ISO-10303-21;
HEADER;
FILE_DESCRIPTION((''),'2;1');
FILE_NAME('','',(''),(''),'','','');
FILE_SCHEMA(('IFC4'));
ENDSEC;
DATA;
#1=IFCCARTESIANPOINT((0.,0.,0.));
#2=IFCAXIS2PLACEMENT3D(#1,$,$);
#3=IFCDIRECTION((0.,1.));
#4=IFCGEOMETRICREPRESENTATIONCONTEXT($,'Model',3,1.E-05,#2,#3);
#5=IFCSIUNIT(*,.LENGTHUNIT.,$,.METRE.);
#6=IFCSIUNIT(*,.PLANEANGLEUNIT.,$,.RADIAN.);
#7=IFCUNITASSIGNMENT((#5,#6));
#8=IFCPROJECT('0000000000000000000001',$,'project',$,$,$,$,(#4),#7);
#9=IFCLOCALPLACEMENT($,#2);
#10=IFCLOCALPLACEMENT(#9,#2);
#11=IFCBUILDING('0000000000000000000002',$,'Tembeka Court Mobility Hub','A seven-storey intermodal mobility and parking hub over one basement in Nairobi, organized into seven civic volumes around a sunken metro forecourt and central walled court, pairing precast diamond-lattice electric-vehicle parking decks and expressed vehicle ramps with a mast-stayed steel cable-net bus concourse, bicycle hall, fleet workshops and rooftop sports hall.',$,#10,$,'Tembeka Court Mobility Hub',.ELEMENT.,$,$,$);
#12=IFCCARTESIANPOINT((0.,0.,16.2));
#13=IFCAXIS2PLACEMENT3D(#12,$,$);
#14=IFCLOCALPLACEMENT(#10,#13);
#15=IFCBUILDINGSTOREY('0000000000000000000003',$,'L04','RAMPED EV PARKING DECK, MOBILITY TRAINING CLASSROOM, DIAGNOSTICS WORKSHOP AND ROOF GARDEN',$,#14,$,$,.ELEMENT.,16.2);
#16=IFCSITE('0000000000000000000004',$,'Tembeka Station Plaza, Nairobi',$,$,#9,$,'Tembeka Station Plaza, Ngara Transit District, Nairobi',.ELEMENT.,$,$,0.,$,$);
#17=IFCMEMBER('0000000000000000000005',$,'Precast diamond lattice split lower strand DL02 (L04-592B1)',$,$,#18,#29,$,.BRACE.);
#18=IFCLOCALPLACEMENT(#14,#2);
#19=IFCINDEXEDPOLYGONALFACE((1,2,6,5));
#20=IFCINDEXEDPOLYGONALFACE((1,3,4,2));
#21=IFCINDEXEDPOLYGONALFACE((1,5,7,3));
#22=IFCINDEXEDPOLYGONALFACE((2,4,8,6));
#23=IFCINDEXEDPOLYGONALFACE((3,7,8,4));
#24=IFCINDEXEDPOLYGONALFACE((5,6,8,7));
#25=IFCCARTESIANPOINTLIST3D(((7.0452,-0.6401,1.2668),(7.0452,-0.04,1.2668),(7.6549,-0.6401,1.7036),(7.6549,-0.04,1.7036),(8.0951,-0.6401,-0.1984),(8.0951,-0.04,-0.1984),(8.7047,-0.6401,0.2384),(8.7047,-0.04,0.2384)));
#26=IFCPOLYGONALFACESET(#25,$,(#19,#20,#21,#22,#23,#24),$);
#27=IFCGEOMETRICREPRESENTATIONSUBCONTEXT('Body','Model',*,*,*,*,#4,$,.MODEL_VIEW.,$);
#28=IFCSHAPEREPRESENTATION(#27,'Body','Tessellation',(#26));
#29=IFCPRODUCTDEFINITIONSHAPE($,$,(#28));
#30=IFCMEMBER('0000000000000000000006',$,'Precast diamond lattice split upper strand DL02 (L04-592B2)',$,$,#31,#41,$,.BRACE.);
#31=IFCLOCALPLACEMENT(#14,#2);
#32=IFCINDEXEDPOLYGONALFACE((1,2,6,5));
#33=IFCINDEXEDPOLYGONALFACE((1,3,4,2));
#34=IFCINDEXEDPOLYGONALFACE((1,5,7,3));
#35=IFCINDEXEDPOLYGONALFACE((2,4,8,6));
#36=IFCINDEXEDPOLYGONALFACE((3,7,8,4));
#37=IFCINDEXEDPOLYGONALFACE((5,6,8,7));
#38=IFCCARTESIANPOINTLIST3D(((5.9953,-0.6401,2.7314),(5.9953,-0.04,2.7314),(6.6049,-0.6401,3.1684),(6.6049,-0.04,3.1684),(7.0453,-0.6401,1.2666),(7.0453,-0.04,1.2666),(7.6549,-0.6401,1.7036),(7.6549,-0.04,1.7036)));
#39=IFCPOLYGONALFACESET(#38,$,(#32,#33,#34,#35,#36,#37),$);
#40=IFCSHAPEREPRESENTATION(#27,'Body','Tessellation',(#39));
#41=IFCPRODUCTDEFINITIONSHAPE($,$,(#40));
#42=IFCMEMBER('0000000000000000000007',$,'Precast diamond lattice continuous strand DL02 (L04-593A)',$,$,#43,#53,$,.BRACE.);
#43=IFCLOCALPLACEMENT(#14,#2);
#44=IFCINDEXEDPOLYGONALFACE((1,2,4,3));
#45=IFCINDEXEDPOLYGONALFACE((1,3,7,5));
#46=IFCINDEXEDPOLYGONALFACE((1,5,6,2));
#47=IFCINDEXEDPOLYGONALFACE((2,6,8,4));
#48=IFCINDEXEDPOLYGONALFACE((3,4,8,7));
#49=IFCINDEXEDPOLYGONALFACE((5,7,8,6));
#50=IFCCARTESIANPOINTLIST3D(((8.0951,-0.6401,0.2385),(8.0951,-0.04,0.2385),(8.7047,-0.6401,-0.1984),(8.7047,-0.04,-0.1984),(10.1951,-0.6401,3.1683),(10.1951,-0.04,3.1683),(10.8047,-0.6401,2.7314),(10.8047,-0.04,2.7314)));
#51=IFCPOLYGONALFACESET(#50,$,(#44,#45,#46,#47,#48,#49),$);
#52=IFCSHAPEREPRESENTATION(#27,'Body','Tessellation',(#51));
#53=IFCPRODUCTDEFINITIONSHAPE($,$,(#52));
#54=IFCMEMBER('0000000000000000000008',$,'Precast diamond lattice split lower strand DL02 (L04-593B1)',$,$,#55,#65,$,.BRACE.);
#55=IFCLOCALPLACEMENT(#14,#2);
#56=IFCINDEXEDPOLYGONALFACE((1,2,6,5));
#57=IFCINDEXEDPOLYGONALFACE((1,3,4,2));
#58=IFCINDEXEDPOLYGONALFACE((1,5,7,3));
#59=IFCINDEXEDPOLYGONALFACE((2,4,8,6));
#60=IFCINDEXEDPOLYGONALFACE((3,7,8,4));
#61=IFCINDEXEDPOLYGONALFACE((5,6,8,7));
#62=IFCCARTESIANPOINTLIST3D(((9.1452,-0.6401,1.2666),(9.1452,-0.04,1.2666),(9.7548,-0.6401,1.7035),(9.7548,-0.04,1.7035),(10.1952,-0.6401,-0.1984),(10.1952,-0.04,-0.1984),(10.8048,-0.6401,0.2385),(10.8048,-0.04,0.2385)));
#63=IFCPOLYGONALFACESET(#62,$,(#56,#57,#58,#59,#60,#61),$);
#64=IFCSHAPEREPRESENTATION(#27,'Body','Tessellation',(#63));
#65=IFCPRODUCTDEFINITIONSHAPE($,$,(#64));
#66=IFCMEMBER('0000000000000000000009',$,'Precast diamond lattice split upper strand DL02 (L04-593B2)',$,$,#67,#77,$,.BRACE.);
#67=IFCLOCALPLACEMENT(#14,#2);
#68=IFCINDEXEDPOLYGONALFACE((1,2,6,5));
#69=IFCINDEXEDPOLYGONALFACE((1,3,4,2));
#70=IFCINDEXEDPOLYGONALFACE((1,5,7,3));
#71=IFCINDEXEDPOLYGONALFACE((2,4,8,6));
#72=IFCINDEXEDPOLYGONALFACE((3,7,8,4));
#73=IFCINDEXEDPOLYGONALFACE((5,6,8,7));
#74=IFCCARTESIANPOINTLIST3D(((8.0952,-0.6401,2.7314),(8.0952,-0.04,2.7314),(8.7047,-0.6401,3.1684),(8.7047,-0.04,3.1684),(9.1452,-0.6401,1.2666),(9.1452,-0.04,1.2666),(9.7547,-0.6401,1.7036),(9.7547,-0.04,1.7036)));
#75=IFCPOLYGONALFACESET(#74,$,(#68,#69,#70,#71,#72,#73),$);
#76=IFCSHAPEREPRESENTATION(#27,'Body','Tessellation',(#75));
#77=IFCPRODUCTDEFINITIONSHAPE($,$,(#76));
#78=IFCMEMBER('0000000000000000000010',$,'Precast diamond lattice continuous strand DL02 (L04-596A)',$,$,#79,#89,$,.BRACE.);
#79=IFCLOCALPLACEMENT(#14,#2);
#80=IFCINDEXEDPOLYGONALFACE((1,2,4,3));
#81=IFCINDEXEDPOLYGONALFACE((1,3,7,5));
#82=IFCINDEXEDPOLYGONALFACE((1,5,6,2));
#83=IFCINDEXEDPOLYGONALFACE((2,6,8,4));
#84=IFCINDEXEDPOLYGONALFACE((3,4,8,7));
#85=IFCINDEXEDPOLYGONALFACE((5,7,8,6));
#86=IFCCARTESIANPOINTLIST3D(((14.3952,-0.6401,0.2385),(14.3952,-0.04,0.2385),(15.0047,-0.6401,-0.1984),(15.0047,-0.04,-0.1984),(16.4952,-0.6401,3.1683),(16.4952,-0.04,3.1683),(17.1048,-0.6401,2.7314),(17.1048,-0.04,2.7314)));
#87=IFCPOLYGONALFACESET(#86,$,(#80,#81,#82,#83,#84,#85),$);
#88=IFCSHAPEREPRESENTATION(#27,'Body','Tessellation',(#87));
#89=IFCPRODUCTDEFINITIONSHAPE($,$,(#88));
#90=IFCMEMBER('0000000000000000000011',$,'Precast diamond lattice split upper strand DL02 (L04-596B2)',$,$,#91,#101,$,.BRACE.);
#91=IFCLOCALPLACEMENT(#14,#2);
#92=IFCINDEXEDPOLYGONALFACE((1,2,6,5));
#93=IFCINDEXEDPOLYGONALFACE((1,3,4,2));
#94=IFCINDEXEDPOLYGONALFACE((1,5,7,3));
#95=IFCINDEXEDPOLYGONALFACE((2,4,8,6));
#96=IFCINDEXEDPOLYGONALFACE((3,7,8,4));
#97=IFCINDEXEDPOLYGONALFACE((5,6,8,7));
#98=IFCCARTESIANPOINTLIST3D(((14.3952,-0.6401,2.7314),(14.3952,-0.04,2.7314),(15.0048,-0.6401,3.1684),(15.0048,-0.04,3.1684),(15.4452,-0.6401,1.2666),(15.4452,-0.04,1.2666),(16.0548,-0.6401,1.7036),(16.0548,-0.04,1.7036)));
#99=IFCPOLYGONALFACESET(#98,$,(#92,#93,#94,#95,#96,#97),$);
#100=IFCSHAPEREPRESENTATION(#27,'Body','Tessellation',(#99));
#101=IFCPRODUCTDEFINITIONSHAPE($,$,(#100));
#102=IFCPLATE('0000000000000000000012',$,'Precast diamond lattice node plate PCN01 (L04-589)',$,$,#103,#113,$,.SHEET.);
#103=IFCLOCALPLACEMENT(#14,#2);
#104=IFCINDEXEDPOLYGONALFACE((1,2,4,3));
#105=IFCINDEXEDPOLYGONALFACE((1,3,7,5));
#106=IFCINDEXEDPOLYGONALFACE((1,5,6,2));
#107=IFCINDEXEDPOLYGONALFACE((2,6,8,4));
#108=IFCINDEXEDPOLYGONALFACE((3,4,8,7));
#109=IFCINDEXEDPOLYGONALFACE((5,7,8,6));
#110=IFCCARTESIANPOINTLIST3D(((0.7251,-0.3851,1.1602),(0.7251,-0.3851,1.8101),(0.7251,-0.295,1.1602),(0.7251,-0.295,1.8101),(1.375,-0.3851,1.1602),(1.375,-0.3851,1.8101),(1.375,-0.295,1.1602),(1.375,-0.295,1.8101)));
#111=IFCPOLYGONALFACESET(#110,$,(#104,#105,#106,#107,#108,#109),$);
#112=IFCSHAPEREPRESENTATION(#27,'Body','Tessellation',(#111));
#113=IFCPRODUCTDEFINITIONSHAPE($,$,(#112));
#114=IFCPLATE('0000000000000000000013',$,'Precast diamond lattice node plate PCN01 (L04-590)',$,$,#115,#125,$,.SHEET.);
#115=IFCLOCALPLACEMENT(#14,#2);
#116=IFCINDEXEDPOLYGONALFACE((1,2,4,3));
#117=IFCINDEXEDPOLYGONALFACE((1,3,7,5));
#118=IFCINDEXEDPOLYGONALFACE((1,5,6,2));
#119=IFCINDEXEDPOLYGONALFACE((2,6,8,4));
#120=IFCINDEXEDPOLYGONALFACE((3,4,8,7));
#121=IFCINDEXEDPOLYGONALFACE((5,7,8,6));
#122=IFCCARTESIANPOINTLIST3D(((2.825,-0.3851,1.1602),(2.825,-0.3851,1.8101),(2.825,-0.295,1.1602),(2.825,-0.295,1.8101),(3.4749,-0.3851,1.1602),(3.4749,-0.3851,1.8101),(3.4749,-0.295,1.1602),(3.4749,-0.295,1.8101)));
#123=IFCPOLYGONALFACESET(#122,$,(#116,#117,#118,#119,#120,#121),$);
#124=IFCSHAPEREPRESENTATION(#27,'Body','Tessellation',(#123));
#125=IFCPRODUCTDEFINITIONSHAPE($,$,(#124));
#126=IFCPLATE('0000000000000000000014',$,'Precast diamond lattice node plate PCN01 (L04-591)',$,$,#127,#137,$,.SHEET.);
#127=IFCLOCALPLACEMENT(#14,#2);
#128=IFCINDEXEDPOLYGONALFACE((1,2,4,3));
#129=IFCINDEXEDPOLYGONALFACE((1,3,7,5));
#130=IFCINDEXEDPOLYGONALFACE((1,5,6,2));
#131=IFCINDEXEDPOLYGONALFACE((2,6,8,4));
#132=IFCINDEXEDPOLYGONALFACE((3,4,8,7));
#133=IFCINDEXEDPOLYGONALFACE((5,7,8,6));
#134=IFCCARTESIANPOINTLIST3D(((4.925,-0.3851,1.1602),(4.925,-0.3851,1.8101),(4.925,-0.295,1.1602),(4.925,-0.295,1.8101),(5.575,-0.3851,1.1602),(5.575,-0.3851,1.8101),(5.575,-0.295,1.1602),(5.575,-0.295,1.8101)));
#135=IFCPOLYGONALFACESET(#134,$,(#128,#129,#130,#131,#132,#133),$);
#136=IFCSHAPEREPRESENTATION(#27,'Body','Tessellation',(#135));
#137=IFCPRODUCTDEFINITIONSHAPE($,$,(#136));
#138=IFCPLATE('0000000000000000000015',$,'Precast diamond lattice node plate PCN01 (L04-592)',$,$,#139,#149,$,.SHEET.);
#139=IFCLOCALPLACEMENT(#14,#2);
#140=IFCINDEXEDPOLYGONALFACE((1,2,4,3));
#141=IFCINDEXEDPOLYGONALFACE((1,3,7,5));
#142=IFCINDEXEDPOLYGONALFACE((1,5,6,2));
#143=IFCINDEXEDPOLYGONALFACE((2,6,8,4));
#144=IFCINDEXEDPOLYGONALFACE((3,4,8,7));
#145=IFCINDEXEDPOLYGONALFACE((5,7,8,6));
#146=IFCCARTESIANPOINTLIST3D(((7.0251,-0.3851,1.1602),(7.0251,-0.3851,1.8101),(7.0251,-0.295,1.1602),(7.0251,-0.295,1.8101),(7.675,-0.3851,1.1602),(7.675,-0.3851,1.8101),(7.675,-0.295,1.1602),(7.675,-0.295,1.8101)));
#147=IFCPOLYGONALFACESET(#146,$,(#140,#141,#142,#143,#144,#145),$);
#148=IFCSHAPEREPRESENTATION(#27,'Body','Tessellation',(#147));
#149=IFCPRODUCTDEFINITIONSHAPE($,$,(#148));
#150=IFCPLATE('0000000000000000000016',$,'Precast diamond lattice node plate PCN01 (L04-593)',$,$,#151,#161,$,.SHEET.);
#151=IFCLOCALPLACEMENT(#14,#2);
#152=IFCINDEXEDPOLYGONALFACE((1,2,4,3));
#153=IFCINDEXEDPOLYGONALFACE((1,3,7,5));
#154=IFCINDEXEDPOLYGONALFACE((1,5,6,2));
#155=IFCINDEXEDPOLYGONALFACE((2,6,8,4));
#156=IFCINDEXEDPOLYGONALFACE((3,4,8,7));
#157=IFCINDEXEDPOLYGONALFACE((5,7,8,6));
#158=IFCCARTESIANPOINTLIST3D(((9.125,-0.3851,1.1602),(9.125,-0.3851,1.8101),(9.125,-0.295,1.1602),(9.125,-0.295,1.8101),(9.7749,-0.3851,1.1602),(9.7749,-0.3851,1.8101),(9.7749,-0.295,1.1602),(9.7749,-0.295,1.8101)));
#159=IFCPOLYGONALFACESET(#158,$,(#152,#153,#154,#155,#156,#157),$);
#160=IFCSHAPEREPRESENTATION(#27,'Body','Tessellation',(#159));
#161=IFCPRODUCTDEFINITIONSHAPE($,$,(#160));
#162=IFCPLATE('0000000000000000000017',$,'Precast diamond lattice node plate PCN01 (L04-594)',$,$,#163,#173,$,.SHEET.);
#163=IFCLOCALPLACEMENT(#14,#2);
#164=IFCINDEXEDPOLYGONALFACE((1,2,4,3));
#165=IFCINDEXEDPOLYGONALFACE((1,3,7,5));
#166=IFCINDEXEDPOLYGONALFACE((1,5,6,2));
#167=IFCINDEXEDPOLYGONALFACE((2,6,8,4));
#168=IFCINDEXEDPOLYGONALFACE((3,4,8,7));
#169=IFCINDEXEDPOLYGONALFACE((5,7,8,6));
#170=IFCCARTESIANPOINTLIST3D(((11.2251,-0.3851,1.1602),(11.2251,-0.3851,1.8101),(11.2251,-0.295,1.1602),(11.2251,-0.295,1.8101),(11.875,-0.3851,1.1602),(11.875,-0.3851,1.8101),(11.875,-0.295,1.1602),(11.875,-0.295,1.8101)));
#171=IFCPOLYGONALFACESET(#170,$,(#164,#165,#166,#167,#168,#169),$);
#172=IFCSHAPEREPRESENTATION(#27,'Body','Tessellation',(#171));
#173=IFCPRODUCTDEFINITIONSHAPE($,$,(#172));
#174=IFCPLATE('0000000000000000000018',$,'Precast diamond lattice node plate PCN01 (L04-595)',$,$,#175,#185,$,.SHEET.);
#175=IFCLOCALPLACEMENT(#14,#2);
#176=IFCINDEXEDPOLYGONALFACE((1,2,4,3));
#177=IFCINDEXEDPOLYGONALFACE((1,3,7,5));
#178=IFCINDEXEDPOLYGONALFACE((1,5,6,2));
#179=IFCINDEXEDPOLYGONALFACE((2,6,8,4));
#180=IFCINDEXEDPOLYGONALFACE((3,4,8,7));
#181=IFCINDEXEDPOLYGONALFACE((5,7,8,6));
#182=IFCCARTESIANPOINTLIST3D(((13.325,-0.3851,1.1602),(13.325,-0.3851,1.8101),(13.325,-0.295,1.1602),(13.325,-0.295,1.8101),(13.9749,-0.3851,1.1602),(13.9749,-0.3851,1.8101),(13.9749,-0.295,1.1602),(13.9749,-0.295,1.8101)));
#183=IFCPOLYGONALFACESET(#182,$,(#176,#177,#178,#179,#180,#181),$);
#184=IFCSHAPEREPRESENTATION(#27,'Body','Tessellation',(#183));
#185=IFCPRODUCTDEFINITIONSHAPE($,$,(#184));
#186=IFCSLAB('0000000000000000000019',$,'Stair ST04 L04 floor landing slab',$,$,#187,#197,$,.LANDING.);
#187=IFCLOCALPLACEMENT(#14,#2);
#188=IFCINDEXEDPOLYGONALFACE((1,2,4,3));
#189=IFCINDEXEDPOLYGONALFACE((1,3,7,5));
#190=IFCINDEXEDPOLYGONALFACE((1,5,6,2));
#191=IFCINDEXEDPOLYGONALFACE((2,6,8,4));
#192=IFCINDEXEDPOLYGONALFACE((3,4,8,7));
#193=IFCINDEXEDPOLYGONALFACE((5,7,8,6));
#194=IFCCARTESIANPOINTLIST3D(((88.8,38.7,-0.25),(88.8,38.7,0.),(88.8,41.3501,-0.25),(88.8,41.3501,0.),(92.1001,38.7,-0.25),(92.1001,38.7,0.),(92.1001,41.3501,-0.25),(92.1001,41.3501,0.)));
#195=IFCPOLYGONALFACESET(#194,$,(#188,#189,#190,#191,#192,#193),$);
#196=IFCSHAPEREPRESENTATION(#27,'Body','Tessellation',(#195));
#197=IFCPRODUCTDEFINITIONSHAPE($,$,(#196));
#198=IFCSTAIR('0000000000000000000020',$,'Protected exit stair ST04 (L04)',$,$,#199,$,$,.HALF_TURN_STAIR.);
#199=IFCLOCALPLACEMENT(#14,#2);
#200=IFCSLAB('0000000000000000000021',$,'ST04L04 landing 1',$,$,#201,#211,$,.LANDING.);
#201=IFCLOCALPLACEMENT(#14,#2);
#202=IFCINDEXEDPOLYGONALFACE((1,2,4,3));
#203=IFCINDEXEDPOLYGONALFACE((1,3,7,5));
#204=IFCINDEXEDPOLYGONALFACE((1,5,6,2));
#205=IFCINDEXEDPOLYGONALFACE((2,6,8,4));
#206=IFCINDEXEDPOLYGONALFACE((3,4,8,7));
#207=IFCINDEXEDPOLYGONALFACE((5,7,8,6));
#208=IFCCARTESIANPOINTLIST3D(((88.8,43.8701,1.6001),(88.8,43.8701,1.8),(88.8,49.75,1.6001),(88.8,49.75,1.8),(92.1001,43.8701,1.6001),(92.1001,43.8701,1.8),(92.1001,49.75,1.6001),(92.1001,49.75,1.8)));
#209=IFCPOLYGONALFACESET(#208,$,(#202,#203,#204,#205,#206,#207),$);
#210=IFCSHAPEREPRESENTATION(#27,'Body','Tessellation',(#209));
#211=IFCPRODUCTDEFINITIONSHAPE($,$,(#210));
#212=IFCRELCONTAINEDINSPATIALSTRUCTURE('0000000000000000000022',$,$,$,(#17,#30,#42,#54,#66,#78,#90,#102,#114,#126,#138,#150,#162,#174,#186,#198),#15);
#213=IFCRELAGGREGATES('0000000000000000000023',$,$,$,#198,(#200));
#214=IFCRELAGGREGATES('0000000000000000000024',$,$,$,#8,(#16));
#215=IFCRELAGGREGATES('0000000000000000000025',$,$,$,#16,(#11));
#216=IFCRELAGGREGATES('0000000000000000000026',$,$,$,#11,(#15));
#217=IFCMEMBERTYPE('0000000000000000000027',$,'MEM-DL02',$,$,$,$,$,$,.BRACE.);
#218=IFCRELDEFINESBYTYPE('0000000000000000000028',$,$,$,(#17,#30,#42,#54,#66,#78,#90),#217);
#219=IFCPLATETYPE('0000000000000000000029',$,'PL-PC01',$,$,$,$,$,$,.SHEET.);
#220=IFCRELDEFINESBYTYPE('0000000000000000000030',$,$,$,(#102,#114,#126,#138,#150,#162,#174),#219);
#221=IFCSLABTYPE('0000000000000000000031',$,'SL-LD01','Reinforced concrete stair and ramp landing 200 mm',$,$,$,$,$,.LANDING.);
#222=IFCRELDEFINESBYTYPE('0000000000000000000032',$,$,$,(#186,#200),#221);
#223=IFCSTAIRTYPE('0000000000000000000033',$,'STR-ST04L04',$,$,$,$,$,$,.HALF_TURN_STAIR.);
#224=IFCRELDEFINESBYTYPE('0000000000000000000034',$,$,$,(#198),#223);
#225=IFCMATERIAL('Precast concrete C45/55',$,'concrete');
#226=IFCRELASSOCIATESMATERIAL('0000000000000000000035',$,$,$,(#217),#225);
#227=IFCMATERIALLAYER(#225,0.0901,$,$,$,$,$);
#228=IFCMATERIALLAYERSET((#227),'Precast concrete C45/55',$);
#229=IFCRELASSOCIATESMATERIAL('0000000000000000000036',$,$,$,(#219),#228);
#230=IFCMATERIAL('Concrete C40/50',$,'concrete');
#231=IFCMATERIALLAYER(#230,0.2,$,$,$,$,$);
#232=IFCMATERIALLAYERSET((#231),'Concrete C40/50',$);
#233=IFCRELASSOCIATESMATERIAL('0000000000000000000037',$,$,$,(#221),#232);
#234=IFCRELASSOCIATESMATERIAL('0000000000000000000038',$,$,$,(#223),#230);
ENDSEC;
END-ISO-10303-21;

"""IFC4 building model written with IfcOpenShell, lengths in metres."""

from ifc_helpers import new_model, si_unit, direction, frame, origin, origin_2d, place, context, subcontext, project, spatial, polyline, rectangle, outline, extrude, material, layer, layer_set, material_profile, profile_set, type_object, element, aggregate, save


model = new_model("IFC4")

# Units and contexts
model_context = context("Model", 3, precision=1e-05, world=origin(), true_north=direction((0.0, 1.0)))
body_context = subcontext(model_context, "Body", "Model", "MODEL_VIEW")
ifc_project = project(units=[si_unit("LENGTHUNIT", "METRE"), si_unit("PLANEANGLEUNIT", "RADIAN")], contexts=[model_context])

# Site, building, storey
site_placement = place(None, origin())
site = spatial("IfcSite", under=ifc_project, at=site_placement, Name="Tembeka Station Plaza, Nairobi", LongName="Tembeka Station Plaza, Ngara Transit District, Nairobi", CompositionType="ELEMENT", RefElevation=0.0)
building_placement = place(site_placement, origin())
building = spatial("IfcBuilding", under=site, at=building_placement, Name="Tembeka Court Mobility Hub", Description="A seven-storey intermodal mobility and parking hub over one basement in Nairobi, organized into seven civic volumes around a sunken metro forecourt and central walled court, pairing precast diamond-lattice electric-vehicle parking decks and expressed vehicle ramps with a mast-stayed steel cable-net bus concourse, bicycle hall, fleet workshops and rooftop sports hall.", LongName="Tembeka Court Mobility Hub", CompositionType="ELEMENT")
storey_placement = place(building_placement, frame((0.0, 0.0, 16.2)))
storey = spatial("IfcBuildingStorey", under=building, at=storey_placement, Name="L04", Description="RAMPED EV PARKING DECK, MOBILITY TRAINING CLASSROOM, DIAGNOSTICS WORKSHOP AND ROOF GARDEN", CompositionType="ELEMENT", Elevation=16.2)

# Members
ifc_material_1 = material(Name="Precast concrete C45/55", Category="concrete")
ifc_material_profile_1 = material_profile(ifc_material_1, rectangle(XDim=0.6001, YDim=0.75, at=origin_2d()), Name="PC-DIAG 600x750")
ifc_profile_set_1 = profile_set([ifc_material_profile_1], Name="Precast concrete C45/55")
member_type_1 = type_object("IfcMemberType", Name="MEM-DL02", PredefinedType="BRACE", material=ifc_profile_set_1)
member_1_placement = place(storey_placement, frame((8.3999, -0.3401, 0.02), z_axis=(-0.582455, 0.0, 0.812863), x_axis=(0.0, -1.0, 0.0)))
element("IfcMember", 1, at=member_1_placement, inside=storey, type_object=member_type_1, Name="Precast diamond lattice split lower strand DL02 (L04-592B1)", PredefinedType="BRACE", context=body_context, shape_type="SweptSolid", body=[
    extrude(rectangle(XDim=0.6001, YDim=0.75, at=origin_2d()), origin(), (0.0, 0.0, 1.0), 1.8025),
])
member_2_placement = place(storey_placement, frame((7.3501, -0.3401, 1.4851), z_axis=(-0.582608, 0.0, 0.812753), x_axis=(0.0, -1.0, 0.0)))
element("IfcMember", 2, at=member_2_placement, inside=storey, type_object=member_type_1, Name="Precast diamond lattice split upper strand DL02 (L04-592B2)", PredefinedType="BRACE", context=body_context, shape_type="SweptSolid", body=[
    extrude(rectangle(XDim=0.6001, YDim=0.75, at=origin_2d()), origin(), (0.0, 0.0, 1.0), 1.8022),
])
member_3_placement = place(storey_placement, frame((8.3999, -0.3401, 0.02), z_axis=(0.582576, 0.0, 0.812776), x_axis=(0.0, 1.0, 0.0)))
element("IfcMember", 3, at=member_3_placement, inside=storey, type_object=member_type_1, Name="Precast diamond lattice continuous strand DL02 (L04-593A)", PredefinedType="BRACE", context=body_context, shape_type="SweptSolid", body=[
    extrude(rectangle(XDim=0.6001, YDim=0.75, at=origin_2d()), origin(), (0.0, 0.0, 1.0), 3.6047),
])
member_4_placement = place(storey_placement, frame((10.5, -0.3401, 0.02), z_axis=(-0.582544, 0.0, 0.812799), x_axis=(0.0, -1.0, 0.0)))
element("IfcMember", 4, at=member_4_placement, inside=storey, type_object=member_type_1, Name="Precast diamond lattice split lower strand DL02 (L04-593B1)", PredefinedType="BRACE", context=body_context, shape_type="SweptSolid", body=[
    extrude(rectangle(XDim=0.6001, YDim=0.75, at=origin_2d()), origin(), (0.0, 0.0, 1.0), 1.8025),
])
member_5_placement = place(storey_placement, frame((9.45, -0.3401, 1.4851), z_axis=(-0.582608, 0.0, 0.812753), x_axis=(0.0, -1.0, 0.0)))
element("IfcMember", 5, at=member_5_placement, inside=storey, type_object=member_type_1, Name="Precast diamond lattice split upper strand DL02 (L04-593B2)", PredefinedType="BRACE", context=body_context, shape_type="SweptSolid", body=[
    extrude(rectangle(XDim=0.6001, YDim=0.75, at=origin_2d()), origin(), (0.0, 0.0, 1.0), 1.8022),
])
member_6_placement = place(storey_placement, frame((14.7, -0.3401, 0.02), z_axis=(0.582576, 0.0, 0.812776), x_axis=(0.0, 1.0, 0.0)))
element("IfcMember", 6, at=member_6_placement, inside=storey, type_object=member_type_1, Name="Precast diamond lattice continuous strand DL02 (L04-596A)", PredefinedType="BRACE", context=body_context, shape_type="SweptSolid", body=[
    extrude(rectangle(XDim=0.6001, YDim=0.75, at=origin_2d()), origin(), (0.0, 0.0, 1.0), 3.6047),
])
member_7_placement = place(storey_placement, frame((15.75, -0.3401, 1.4851), z_axis=(-0.582608, 0.0, 0.812753), x_axis=(0.0, -1.0, 0.0)))
element("IfcMember", 7, at=member_7_placement, inside=storey, type_object=member_type_1, Name="Precast diamond lattice split upper strand DL02 (L04-596B2)", PredefinedType="BRACE", context=body_context, shape_type="SweptSolid", body=[
    extrude(rectangle(XDim=0.6001, YDim=0.75, at=origin_2d()), origin(), (0.0, 0.0, 1.0), 1.8022),
])

# Plates
ifc_layer_1 = layer(ifc_material_1, 0.0901)
ifc_layer_set_1 = layer_set([ifc_layer_1], Name="Precast concrete C45/55")
plate_type = type_object("IfcPlateType", Name="PL-PC01", PredefinedType="SHEET", material=ifc_layer_set_1)
for number, where, z_axis, x_axis, name in (
    (8, (1.05, -0.3401, 1.1602), (0.0, 0.0, 1.0), (1.0, 0.0, 0.0), "Precast diamond lattice node plate PCN01 (L04-589)"),
    (9, (3.1499, -0.3401, 1.1602), (0.0, 0.0, 1.0), (1.0, 0.0, 0.0), "Precast diamond lattice node plate PCN01 (L04-590)"),
    (10, (5.25, -0.3401, 1.1602), (0.0, 0.0, 1.0), (1.0, 0.0, 0.0), "Precast diamond lattice node plate PCN01 (L04-591)"),
    (11, (7.3501, -0.3401, 1.1602), (0.0, 0.0, 1.0), (1.0, 0.0, 0.0), "Precast diamond lattice node plate PCN01 (L04-592)"),
    (12, (9.45, -0.3401, 1.1602), (0.0, 0.0, 1.0), (1.0, 0.0, 0.0), "Precast diamond lattice node plate PCN01 (L04-593)"),
    (13, (11.55, -0.3401, 1.1602), (0.0, 0.0, 1.0), (1.0, 0.0, 0.0), "Precast diamond lattice node plate PCN01 (L04-594)"),
    (14, (13.6499, -0.3401, 1.1602), (0.0, 0.0, 1.0), (1.0, 0.0, 0.0), "Precast diamond lattice node plate PCN01 (L04-595)"),
):
    element("IfcPlate", number, at=place(storey_placement, frame(where, z_axis=z_axis, x_axis=x_axis)), inside=storey, type_object=plate_type, Name=name, PredefinedType="SHEET", context=body_context, shape_type="SweptSolid", body=[
        extrude(rectangle(XDim=0.6499, YDim=0.0901, at=origin_2d()), origin(), (0.0, 0.0, 1.0), 0.6499),
    ])

# Slab
ifc_material_2 = material(Name="Concrete C40/50", Category="concrete")
ifc_layer_2 = layer(ifc_material_2, 0.2)
ifc_layer_set_2 = layer_set([ifc_layer_2], Name="Concrete C40/50")
slab_type = type_object("IfcSlabType", Name="SL-LD01", Description="Reinforced concrete stair and ramp landing 200 mm", PredefinedType="LANDING", material=ifc_layer_set_2)
slab_1_placement = place(storey_placement, frame((0.0, 0.0, -0.25)))
element("IfcSlab", 15, at=slab_1_placement, inside=storey, type_object=slab_type, Name="Stair ST04 L04 floor landing slab", PredefinedType="LANDING", context=body_context, shape_type="SweptSolid", body=[
    extrude(outline(polyline([(88.8, 38.7), (92.1001, 38.7), (92.1001, 41.3501), (88.8, 41.3501), (88.8, 38.7)])), origin(), (0.0, 0.0, 1.0), 0.25),
])

# Stair, slab
stair_type = type_object("IfcStairType", Name="STR-ST04L04", PredefinedType="HALF_TURN_STAIR", material=ifc_material_2)
stair_placement = place(storey_placement, origin())
stair = element("IfcStair", 16, at=stair_placement, inside=storey, type_object=stair_type, Name="Protected exit stair ST04 (L04)", PredefinedType="HALF_TURN_STAIR")
slab_2_placement = place(storey_placement, frame((0.0, 0.0, 1.6001)))
slab_2 = element("IfcSlab", 17, at=slab_2_placement, type_object=slab_type, Name="ST04L04 landing 1", PredefinedType="LANDING", context=body_context, shape_type="SweptSolid", body=[
    extrude(outline(polyline([(92.1001, 43.8701), (92.1001, 49.75), (88.8, 49.75), (88.8, 43.8701), (92.1001, 43.8701)])), origin(), (0.0, 0.0, 1.0), 0.2),
])
aggregate(stair, [slab_2])

save(model, "model.ifc")
